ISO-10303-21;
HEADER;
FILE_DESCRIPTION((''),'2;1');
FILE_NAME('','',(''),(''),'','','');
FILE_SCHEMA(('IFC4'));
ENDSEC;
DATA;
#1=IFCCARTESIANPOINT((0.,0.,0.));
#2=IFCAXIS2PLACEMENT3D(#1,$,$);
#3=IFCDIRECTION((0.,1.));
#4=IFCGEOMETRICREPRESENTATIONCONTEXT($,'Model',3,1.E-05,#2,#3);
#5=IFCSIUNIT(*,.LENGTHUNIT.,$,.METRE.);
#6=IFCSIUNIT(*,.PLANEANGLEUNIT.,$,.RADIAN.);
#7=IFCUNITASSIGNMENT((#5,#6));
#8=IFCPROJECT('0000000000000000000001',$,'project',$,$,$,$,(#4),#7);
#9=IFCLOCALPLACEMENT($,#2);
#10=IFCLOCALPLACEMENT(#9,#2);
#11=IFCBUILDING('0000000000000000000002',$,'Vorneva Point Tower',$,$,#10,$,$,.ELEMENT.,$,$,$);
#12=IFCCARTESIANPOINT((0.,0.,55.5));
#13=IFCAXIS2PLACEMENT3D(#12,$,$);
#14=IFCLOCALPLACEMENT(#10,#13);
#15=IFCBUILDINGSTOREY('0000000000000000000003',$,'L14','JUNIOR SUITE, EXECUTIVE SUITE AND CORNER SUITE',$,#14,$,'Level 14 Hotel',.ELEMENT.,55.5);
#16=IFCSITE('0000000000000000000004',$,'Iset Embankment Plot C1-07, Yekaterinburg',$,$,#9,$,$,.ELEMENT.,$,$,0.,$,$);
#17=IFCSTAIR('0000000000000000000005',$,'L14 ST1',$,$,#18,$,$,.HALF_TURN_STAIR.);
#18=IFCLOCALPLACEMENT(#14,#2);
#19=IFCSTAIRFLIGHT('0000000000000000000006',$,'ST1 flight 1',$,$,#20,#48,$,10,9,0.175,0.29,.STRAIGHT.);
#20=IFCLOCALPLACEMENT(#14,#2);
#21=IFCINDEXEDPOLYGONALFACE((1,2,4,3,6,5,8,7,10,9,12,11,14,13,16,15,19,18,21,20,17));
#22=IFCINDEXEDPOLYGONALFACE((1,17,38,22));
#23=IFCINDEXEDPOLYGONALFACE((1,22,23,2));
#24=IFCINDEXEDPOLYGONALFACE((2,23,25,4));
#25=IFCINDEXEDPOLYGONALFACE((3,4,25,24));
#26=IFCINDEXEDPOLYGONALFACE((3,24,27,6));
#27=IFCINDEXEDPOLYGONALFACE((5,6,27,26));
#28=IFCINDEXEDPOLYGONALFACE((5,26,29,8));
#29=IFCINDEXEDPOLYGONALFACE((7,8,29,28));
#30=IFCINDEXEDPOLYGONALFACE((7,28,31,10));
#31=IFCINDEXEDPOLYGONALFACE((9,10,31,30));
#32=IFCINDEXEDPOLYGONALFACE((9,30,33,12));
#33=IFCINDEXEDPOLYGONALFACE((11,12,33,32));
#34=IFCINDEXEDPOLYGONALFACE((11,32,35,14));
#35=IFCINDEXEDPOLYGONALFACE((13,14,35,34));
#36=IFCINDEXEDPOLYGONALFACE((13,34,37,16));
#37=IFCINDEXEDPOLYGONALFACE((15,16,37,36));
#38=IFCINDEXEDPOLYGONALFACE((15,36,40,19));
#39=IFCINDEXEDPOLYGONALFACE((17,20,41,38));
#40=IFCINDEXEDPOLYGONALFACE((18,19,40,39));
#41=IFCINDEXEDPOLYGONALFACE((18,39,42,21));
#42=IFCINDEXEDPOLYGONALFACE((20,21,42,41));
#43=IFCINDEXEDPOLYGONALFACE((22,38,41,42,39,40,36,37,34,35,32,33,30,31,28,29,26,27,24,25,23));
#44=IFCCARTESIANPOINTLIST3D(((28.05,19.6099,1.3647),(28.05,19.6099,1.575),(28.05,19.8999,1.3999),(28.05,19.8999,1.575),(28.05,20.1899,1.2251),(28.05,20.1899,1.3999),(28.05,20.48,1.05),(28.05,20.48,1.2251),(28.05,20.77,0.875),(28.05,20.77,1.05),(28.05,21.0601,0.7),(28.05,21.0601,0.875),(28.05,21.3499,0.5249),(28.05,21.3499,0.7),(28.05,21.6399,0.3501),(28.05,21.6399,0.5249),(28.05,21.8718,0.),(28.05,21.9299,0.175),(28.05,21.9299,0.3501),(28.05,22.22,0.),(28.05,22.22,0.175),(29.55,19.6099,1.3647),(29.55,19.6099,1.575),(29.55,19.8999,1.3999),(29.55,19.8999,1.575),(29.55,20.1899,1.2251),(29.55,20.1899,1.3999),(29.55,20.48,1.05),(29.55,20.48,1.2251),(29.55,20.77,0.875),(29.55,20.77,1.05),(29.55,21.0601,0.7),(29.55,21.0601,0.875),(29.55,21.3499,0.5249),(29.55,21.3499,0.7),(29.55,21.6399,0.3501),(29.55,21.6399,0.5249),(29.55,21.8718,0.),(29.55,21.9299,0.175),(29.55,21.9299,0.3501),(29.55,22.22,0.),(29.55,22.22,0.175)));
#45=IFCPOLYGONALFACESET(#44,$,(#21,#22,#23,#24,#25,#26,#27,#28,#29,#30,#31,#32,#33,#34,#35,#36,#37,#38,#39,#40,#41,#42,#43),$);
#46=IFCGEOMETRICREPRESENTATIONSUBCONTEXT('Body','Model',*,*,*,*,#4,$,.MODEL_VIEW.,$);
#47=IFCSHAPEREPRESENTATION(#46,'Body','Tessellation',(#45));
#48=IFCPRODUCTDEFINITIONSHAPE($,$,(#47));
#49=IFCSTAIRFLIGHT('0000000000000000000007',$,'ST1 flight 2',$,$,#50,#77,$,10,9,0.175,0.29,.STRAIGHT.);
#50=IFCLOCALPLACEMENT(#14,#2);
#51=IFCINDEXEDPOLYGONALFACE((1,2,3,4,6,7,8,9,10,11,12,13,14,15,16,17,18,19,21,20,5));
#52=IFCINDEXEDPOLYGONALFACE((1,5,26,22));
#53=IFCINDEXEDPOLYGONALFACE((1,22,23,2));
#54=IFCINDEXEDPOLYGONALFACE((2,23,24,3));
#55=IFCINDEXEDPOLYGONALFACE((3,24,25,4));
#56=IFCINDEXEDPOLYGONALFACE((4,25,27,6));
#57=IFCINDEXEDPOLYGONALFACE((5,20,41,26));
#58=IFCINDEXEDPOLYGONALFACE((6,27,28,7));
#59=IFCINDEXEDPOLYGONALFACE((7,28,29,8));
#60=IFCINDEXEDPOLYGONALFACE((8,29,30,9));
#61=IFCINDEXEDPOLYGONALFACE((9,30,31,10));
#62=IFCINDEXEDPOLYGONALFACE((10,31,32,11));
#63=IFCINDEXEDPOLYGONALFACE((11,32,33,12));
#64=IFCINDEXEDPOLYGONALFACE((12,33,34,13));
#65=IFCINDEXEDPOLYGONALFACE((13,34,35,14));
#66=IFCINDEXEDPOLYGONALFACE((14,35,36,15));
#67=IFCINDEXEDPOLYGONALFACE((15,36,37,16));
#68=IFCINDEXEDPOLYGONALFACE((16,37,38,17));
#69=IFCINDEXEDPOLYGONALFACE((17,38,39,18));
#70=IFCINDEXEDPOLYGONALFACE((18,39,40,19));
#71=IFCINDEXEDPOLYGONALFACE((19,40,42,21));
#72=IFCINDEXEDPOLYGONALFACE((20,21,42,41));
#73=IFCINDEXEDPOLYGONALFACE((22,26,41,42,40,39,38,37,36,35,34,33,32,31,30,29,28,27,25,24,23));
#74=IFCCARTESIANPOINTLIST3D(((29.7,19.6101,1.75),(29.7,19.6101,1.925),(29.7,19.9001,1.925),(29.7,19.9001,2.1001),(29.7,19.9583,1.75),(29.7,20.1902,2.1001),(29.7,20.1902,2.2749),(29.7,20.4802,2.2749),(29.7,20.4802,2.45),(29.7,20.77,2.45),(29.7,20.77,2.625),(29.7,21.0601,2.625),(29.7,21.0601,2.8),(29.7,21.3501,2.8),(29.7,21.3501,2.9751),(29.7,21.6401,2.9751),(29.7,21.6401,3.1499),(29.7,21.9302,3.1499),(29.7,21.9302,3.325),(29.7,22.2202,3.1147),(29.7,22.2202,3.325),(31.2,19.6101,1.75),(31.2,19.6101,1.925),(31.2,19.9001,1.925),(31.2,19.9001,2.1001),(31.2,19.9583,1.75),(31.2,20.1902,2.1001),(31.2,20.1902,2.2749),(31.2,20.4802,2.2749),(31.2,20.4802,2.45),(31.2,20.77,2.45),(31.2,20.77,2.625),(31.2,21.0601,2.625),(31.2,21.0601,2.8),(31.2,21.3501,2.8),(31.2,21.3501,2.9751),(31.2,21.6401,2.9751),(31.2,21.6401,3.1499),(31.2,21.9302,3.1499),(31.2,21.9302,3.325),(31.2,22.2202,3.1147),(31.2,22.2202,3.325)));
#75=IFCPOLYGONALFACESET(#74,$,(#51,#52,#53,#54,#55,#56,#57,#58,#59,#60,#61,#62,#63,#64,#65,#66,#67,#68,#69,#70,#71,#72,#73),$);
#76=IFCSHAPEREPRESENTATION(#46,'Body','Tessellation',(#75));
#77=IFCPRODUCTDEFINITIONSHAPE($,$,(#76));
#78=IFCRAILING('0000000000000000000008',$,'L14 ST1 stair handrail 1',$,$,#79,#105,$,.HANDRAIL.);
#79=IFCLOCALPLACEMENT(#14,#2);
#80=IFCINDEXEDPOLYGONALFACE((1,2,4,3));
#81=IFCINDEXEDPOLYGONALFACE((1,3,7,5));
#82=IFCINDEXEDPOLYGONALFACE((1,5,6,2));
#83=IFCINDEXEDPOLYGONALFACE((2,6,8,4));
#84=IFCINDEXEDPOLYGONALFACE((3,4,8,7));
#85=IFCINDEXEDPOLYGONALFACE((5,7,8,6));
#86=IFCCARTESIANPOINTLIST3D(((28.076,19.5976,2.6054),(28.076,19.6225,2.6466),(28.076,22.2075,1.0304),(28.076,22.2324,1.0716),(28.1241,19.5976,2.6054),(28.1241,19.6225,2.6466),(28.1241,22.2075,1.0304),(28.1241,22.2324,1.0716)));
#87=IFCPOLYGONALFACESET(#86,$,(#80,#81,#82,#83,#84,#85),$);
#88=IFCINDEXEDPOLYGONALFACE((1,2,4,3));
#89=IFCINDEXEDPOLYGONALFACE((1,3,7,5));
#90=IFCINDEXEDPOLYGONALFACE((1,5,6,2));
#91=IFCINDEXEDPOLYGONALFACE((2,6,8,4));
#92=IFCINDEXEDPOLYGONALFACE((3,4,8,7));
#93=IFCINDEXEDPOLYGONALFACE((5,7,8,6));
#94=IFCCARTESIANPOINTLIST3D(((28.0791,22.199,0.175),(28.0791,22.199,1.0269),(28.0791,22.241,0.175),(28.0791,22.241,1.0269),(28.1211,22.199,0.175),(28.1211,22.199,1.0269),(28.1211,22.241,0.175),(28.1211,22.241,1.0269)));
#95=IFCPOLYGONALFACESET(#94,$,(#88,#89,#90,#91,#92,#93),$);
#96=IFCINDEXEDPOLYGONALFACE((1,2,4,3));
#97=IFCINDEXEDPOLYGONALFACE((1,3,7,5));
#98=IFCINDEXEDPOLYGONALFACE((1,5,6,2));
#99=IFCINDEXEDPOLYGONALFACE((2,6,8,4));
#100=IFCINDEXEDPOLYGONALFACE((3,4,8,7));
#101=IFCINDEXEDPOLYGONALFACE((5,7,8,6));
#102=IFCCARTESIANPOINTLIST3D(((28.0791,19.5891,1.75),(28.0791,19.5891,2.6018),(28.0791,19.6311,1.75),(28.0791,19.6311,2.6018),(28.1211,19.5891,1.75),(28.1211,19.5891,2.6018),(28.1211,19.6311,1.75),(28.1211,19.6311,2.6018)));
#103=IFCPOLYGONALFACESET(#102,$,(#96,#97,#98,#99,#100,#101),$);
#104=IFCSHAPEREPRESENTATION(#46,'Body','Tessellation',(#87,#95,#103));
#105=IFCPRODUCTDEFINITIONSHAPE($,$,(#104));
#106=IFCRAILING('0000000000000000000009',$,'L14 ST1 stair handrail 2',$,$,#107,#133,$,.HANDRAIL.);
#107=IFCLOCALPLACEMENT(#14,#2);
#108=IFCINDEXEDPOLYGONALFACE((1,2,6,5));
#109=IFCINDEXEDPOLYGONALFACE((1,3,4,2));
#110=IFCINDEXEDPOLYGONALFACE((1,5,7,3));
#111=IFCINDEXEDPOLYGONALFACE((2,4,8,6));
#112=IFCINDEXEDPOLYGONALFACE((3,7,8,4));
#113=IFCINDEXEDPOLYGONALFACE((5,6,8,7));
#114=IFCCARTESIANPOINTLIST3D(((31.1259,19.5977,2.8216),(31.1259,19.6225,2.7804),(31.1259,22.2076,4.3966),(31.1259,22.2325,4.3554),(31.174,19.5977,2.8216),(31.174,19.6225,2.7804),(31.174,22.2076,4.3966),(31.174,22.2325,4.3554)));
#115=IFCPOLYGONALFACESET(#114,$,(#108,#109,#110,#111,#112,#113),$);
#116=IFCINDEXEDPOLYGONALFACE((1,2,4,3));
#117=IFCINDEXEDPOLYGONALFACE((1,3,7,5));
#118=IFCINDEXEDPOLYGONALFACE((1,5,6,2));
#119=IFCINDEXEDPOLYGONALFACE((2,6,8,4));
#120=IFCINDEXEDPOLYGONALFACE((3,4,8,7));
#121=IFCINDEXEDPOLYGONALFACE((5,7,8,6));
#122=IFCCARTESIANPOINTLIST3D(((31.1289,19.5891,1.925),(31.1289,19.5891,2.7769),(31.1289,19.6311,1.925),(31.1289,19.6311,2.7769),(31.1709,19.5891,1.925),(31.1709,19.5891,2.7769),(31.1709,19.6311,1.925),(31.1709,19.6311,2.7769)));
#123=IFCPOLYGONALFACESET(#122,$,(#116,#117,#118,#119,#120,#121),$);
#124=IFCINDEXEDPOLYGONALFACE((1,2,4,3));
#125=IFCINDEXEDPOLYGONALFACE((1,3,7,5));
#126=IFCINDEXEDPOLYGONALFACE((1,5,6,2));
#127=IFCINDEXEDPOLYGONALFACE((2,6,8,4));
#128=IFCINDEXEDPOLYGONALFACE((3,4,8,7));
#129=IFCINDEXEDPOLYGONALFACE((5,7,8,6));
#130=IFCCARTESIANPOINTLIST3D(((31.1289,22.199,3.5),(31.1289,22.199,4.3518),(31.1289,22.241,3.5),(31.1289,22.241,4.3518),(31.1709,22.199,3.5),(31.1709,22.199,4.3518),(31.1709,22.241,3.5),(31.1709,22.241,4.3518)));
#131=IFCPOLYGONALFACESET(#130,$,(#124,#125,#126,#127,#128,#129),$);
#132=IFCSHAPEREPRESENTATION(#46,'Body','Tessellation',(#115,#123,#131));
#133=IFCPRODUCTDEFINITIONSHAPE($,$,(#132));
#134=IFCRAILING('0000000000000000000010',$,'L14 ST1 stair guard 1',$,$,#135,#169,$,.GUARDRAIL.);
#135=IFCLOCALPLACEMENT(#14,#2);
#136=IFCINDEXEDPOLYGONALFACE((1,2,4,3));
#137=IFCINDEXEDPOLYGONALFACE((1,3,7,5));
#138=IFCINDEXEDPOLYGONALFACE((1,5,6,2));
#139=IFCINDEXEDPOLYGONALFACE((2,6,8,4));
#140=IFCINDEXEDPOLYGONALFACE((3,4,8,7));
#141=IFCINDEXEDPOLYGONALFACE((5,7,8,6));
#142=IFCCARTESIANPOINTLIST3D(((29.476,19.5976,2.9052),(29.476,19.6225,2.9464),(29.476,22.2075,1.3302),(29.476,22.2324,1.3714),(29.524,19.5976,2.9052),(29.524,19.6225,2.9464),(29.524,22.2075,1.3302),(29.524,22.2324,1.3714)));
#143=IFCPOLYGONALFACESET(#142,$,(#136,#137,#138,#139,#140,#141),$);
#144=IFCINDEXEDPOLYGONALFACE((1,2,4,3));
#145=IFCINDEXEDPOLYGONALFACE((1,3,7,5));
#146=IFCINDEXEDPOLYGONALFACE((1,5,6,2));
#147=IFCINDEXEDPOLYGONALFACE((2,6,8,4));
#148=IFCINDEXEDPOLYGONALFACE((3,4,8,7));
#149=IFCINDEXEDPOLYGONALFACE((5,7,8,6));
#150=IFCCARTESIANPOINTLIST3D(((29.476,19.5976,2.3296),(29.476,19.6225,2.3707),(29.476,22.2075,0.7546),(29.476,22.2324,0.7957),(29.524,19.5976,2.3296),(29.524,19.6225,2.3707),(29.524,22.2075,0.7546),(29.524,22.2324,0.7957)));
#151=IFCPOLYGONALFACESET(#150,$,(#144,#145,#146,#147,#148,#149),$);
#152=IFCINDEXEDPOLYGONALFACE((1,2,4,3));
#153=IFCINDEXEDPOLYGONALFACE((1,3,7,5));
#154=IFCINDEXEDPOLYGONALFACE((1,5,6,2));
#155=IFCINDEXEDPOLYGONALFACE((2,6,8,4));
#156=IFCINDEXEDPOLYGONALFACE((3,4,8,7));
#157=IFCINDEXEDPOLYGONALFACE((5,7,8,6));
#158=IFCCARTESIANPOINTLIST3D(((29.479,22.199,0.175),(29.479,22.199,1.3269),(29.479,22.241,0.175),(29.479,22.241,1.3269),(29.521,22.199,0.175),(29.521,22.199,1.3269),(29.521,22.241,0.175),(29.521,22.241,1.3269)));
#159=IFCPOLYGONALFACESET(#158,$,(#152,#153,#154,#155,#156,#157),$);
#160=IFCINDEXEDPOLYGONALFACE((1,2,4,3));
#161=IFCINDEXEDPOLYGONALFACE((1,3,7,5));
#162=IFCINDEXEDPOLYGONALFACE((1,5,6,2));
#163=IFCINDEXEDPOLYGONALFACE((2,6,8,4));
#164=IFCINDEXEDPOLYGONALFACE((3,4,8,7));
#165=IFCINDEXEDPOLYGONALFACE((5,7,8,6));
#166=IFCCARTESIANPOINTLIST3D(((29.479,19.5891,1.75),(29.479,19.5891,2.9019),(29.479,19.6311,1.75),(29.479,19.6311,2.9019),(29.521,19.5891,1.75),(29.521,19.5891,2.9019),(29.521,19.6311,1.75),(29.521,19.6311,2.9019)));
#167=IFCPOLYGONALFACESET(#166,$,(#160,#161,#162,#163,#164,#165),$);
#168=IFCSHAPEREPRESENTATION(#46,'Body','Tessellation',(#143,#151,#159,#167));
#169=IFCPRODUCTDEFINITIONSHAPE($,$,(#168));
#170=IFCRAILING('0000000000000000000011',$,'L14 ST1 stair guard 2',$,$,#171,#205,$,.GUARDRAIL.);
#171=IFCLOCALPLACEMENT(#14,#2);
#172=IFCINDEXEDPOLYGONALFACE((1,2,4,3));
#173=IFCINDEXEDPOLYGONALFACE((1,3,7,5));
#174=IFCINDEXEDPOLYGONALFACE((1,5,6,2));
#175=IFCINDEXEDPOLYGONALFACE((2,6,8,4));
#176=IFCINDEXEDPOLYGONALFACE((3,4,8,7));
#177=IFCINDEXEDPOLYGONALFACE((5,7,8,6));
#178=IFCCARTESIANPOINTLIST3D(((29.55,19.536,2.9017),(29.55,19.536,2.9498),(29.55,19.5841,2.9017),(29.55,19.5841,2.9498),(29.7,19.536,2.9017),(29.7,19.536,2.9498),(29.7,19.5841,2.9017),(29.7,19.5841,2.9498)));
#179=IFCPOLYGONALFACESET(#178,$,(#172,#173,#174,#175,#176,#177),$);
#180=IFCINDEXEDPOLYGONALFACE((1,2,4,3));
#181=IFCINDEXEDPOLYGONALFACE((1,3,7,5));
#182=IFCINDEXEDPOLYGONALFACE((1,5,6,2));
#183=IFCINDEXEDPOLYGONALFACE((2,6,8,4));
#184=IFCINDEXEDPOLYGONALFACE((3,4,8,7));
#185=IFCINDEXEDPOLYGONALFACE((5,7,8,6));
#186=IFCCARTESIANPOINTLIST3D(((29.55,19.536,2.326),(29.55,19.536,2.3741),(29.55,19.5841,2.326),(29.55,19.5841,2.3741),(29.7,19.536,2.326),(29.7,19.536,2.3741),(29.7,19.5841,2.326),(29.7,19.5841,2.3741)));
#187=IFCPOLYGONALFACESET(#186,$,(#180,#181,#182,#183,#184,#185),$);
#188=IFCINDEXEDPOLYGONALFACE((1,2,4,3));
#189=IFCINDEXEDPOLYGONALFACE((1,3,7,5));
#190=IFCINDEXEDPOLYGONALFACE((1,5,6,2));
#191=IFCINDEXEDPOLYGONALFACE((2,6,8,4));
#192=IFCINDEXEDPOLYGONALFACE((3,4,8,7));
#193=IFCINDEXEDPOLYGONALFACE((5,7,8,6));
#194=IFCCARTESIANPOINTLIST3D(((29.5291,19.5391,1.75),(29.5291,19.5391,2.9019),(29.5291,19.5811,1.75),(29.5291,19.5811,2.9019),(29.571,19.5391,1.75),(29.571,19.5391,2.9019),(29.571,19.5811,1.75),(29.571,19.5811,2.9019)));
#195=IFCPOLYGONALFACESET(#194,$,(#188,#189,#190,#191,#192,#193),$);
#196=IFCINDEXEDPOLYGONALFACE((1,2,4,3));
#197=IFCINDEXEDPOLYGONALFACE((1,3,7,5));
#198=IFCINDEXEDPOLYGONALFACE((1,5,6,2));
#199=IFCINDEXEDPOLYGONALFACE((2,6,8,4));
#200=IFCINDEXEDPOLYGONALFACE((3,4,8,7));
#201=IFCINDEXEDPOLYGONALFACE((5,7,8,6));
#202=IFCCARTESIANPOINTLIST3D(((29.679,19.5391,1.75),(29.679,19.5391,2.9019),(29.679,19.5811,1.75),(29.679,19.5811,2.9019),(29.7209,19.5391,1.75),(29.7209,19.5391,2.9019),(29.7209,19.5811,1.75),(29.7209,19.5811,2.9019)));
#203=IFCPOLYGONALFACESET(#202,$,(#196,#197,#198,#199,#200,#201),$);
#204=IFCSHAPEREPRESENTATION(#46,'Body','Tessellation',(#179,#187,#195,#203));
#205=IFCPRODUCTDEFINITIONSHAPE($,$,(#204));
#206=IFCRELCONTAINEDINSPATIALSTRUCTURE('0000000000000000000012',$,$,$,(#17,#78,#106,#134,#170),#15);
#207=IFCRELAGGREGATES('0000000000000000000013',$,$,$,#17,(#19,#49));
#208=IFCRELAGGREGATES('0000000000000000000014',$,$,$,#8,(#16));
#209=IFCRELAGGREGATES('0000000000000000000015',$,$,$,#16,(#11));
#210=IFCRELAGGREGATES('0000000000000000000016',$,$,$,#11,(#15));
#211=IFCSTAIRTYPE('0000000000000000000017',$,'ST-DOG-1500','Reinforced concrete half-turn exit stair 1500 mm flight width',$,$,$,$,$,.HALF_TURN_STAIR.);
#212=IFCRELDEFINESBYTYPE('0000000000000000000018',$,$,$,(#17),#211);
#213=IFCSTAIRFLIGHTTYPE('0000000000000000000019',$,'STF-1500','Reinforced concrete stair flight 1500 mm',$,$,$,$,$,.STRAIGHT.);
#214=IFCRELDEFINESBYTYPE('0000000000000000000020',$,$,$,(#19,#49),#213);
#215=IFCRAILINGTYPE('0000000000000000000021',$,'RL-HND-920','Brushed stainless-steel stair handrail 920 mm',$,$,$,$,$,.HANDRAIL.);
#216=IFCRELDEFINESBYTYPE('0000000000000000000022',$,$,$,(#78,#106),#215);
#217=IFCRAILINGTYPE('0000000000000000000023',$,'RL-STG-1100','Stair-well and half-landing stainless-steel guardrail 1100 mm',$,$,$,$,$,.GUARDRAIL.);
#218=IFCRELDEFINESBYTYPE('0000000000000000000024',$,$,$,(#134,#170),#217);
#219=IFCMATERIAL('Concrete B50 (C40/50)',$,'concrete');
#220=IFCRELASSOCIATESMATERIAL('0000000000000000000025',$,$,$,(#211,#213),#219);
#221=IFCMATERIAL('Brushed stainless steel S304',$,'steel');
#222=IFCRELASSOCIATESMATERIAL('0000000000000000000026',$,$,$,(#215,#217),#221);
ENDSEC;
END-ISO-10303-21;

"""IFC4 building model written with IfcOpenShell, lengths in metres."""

from ifc_helpers import new_model, si_unit, direction, frame, origin, origin_2d, place, context, subcontext, project, spatial, polyline, rectangle, outline, extrude, material, type_object, element, aggregate, save


model = new_model("IFC4")

# Units and contexts
model_context = context("Model", 3, precision=1e-05, world=origin(), true_north=direction((0.0, 1.0)))
body_context = subcontext(model_context, "Body", "Model", "MODEL_VIEW")
ifc_project = project(units=[si_unit("LENGTHUNIT", "METRE"), si_unit("PLANEANGLEUNIT", "RADIAN")], contexts=[model_context])

# Site, building, storey
site_placement = place(None, origin())
site = spatial("IfcSite", under=ifc_project, at=site_placement, Name="Iset Embankment Plot C1-07, Yekaterinburg", CompositionType="ELEMENT", RefElevation=0.0)
building_placement = place(site_placement, origin())
building = spatial("IfcBuilding", under=site, at=building_placement, Name="Vorneva Point Tower", CompositionType="ELEMENT")
storey_placement = place(building_placement, frame((0.0, 0.0, 55.5)))
storey = spatial("IfcBuildingStorey", under=building, at=storey_placement, Name="L14", Description="JUNIOR SUITE, EXECUTIVE SUITE AND CORNER SUITE", LongName="Level 14 Hotel", CompositionType="ELEMENT", Elevation=55.5)

# Shared definitions
ifc_material_1 = material(Name="Concrete B50 (C40/50)", Category="concrete")

# Stair, stair flights
stair_type = type_object("IfcStairType", Name="ST-DOG-1500", Description="Reinforced concrete half-turn exit stair 1500 mm flight width", PredefinedType="HALF_TURN_STAIR", material=ifc_material_1)
stair_placement = place(storey_placement, origin())
stair = element("IfcStair", 1, at=stair_placement, inside=storey, type_object=stair_type, Name="L14 ST1", PredefinedType="HALF_TURN_STAIR")
stair_flight_type = type_object("IfcStairFlightType", Name="STF-1500", Description="Reinforced concrete stair flight 1500 mm", PredefinedType="STRAIGHT", material=ifc_material_1)
stair_flight_1_placement = place(storey_placement, frame((28.8, 22.22, 0.0), z_axis=(0.0, 0.0, 1.0), x_axis=(0.0, -1.0, 0.0)))
stair_flight_1 = element("IfcStairFlight", 2, at=stair_flight_1_placement, type_object=stair_flight_type, Name="ST1 flight 1", NumberOfRisers=10, NumberOfTreads=9, PredefinedType="STRAIGHT", RiserHeight=0.175, TreadLength=0.29, context=body_context, shape_type="SweptSolid", body=[
    extrude(outline(polyline([(0.0, 0.0), (0.0, 0.175), (0.29, 0.175), (0.29, 0.3501), (0.5801, 0.3501), (0.5801, 0.5249), (0.8701, 0.5249), (0.8701, 0.7), (1.1599, 0.7), (1.1599, 0.875), (1.45, 0.875), (1.45, 1.05), (1.74, 1.05), (1.74, 1.2251), (2.03, 1.2251), (2.03, 1.3999), (2.3201, 1.3999), (2.3201, 1.575), (2.6101, 1.575), (2.6101, 1.75), (2.6101, 1.3647), (0.3481, 0.0), (0.0, 0.0)])), frame((0.0, 0.75, 0.0), z_axis=(0.0, -1.0, 0.0), x_axis=(1.0, 0.0, 0.0)), (0.0, 0.0, 1.0), 1.5),
])
stair_flight_2_placement = place(storey_placement, frame((30.45, 19.6101, 1.75), z_axis=(0.0, 0.0, 1.0), x_axis=(0.0, 1.0, 0.0)))
stair_flight_2 = element("IfcStairFlight", 3, at=stair_flight_2_placement, type_object=stair_flight_type, Name="ST1 flight 2", NumberOfRisers=10, NumberOfTreads=9, PredefinedType="STRAIGHT", RiserHeight=0.175, TreadLength=0.29, context=body_context, shape_type="SweptSolid", body=[
    extrude(outline(polyline([(0.0, 0.0), (0.0, 0.175), (0.29, 0.175), (0.29, 0.3501), (0.5801, 0.3501), (0.5801, 0.5249), (0.8701, 0.5249), (0.8701, 0.7), (1.1599, 0.7), (1.1599, 0.875), (1.45, 0.875), (1.45, 1.05), (1.74, 1.05), (1.74, 1.2251), (2.03, 1.2251), (2.03, 1.3999), (2.3201, 1.3999), (2.3201, 1.575), (2.6101, 1.575), (2.6101, 1.75), (2.6101, 1.3647), (0.3481, 0.0), (0.0, 0.0)])), frame((0.0, 0.75, 0.0), z_axis=(0.0, -1.0, 0.0), x_axis=(1.0, 0.0, 0.0)), (0.0, 0.0, 1.0), 1.5),
])
aggregate(stair, [stair_flight_1, stair_flight_2])

# Railings
ifc_material_2 = material(Name="Brushed stainless steel S304", Category="steel")
railing_type_1 = type_object("IfcRailingType", Name="RL-HND-920", Description="Brushed stainless-steel stair handrail 920 mm", PredefinedType="HANDRAIL", material=ifc_material_2)
railing_1_placement = place(storey_placement, frame((28.1001, 22.22, 0.175)))
element("IfcRailing", 4, at=railing_1_placement, inside=storey, type_object=railing_type_1, Name="L14 ST1 stair handrail 1", PredefinedType="HANDRAIL", context=body_context, shape_type="SweptSolid", body=[
    extrude(rectangle(XDim=0.0481, YDim=0.0481, at=origin_2d()), frame((0.0, 0.0, 0.876), z_axis=(0.0, -0.856183, 0.516673), x_axis=(1.0, 0.0, 0.0)), (0.0, 0.0, 1.0), 3.0483),
    extrude(rectangle(XDim=0.042, YDim=0.042, at=origin_2d()), origin(), (0.0, 0.0, 1.0), 0.8518),
    extrude(rectangle(XDim=0.042, YDim=0.042, at=origin_2d()), frame((0.0, -2.6099, 1.575)), (0.0, 0.0, 1.0), 0.8518),
])
railing_2_placement = place(storey_placement, frame((31.1499, 19.6101, 1.925)))
element("IfcRailing", 5, at=railing_2_placement, inside=storey, type_object=railing_type_1, Name="L14 ST1 stair handrail 2", PredefinedType="HANDRAIL", context=body_context, shape_type="SweptSolid", body=[
    extrude(rectangle(XDim=0.0481, YDim=0.0481, at=origin_2d()), frame((0.0, 0.0, 0.876), z_axis=(0.0, 0.856183, 0.516673), x_axis=(-1.0, 0.0, 0.0)), (0.0, 0.0, 1.0), 3.0483),
    extrude(rectangle(XDim=0.042, YDim=0.042, at=origin_2d()), origin(), (0.0, 0.0, 1.0), 0.8518),
    extrude(rectangle(XDim=0.042, YDim=0.042, at=origin_2d()), frame((0.0, 2.6099, 1.575)), (0.0, 0.0, 1.0), 0.8518),
])
railing_type_2 = type_object("IfcRailingType", Name="RL-STG-1100", Description="Stair-well and half-landing stainless-steel guardrail 1100 mm", PredefinedType="GUARDRAIL", material=ifc_material_2)
railing_3_placement = place(storey_placement, frame((29.5, 22.22, 0.175)))
element("IfcRailing", 6, at=railing_3_placement, inside=storey, type_object=railing_type_2, Name="L14 ST1 stair guard 1", PredefinedType="GUARDRAIL", context=body_context, shape_type="SweptSolid", body=[
    extrude(rectangle(XDim=0.0481, YDim=0.0481, at=origin_2d()), frame((0.0, 0.0, 1.1758), z_axis=(0.0, -0.856183, 0.516673), x_axis=(1.0, 0.0, 0.0)), (0.0, 0.0, 1.0), 3.0483),
    extrude(rectangle(XDim=0.0481, YDim=0.0481, at=origin_2d()), frame((0.0, 0.0, 0.6001), z_axis=(0.0, -0.856183, 0.516673), x_axis=(1.0, 0.0, 0.0)), (0.0, 0.0, 1.0), 3.0483),
    extrude(rectangle(XDim=0.042, YDim=0.042, at=origin_2d()), origin(), (0.0, 0.0, 1.0), 1.1519),
    extrude(rectangle(XDim=0.042, YDim=0.042, at=origin_2d()), frame((0.0, -2.6099, 1.575)), (0.0, 0.0, 1.0), 1.1519),
])
railing_4_placement = place(storey_placement, frame((29.55, 19.5601, 1.75)))
element("IfcRailing", 7, at=railing_4_placement, inside=storey, type_object=railing_type_2, Name="L14 ST1 stair guard 2", PredefinedType="GUARDRAIL", context=body_context, shape_type="SweptSolid", body=[
    extrude(rectangle(XDim=0.0481, YDim=0.0481, at=origin_2d()), frame((0.0, 0.0, 1.1758), z_axis=(1.0, 0.0, 0.0), x_axis=(0.0, 1.0, 0.0)), (0.0, 0.0, 1.0), 0.1499),
    extrude(rectangle(XDim=0.0481, YDim=0.0481, at=origin_2d()), frame((0.0, 0.0, 0.6001), z_axis=(1.0, 0.0, 0.0), x_axis=(0.0, 1.0, 0.0)), (0.0, 0.0, 1.0), 0.1499),
    extrude(rectangle(XDim=0.042, YDim=0.042, at=origin_2d()), origin(), (0.0, 0.0, 1.0), 1.1519),
    extrude(rectangle(XDim=0.042, YDim=0.042, at=origin_2d()), frame((0.1499, 0.0, 0.0)), (0.0, 0.0, 1.0), 1.1519),
])

save(model, "model.ifc")
